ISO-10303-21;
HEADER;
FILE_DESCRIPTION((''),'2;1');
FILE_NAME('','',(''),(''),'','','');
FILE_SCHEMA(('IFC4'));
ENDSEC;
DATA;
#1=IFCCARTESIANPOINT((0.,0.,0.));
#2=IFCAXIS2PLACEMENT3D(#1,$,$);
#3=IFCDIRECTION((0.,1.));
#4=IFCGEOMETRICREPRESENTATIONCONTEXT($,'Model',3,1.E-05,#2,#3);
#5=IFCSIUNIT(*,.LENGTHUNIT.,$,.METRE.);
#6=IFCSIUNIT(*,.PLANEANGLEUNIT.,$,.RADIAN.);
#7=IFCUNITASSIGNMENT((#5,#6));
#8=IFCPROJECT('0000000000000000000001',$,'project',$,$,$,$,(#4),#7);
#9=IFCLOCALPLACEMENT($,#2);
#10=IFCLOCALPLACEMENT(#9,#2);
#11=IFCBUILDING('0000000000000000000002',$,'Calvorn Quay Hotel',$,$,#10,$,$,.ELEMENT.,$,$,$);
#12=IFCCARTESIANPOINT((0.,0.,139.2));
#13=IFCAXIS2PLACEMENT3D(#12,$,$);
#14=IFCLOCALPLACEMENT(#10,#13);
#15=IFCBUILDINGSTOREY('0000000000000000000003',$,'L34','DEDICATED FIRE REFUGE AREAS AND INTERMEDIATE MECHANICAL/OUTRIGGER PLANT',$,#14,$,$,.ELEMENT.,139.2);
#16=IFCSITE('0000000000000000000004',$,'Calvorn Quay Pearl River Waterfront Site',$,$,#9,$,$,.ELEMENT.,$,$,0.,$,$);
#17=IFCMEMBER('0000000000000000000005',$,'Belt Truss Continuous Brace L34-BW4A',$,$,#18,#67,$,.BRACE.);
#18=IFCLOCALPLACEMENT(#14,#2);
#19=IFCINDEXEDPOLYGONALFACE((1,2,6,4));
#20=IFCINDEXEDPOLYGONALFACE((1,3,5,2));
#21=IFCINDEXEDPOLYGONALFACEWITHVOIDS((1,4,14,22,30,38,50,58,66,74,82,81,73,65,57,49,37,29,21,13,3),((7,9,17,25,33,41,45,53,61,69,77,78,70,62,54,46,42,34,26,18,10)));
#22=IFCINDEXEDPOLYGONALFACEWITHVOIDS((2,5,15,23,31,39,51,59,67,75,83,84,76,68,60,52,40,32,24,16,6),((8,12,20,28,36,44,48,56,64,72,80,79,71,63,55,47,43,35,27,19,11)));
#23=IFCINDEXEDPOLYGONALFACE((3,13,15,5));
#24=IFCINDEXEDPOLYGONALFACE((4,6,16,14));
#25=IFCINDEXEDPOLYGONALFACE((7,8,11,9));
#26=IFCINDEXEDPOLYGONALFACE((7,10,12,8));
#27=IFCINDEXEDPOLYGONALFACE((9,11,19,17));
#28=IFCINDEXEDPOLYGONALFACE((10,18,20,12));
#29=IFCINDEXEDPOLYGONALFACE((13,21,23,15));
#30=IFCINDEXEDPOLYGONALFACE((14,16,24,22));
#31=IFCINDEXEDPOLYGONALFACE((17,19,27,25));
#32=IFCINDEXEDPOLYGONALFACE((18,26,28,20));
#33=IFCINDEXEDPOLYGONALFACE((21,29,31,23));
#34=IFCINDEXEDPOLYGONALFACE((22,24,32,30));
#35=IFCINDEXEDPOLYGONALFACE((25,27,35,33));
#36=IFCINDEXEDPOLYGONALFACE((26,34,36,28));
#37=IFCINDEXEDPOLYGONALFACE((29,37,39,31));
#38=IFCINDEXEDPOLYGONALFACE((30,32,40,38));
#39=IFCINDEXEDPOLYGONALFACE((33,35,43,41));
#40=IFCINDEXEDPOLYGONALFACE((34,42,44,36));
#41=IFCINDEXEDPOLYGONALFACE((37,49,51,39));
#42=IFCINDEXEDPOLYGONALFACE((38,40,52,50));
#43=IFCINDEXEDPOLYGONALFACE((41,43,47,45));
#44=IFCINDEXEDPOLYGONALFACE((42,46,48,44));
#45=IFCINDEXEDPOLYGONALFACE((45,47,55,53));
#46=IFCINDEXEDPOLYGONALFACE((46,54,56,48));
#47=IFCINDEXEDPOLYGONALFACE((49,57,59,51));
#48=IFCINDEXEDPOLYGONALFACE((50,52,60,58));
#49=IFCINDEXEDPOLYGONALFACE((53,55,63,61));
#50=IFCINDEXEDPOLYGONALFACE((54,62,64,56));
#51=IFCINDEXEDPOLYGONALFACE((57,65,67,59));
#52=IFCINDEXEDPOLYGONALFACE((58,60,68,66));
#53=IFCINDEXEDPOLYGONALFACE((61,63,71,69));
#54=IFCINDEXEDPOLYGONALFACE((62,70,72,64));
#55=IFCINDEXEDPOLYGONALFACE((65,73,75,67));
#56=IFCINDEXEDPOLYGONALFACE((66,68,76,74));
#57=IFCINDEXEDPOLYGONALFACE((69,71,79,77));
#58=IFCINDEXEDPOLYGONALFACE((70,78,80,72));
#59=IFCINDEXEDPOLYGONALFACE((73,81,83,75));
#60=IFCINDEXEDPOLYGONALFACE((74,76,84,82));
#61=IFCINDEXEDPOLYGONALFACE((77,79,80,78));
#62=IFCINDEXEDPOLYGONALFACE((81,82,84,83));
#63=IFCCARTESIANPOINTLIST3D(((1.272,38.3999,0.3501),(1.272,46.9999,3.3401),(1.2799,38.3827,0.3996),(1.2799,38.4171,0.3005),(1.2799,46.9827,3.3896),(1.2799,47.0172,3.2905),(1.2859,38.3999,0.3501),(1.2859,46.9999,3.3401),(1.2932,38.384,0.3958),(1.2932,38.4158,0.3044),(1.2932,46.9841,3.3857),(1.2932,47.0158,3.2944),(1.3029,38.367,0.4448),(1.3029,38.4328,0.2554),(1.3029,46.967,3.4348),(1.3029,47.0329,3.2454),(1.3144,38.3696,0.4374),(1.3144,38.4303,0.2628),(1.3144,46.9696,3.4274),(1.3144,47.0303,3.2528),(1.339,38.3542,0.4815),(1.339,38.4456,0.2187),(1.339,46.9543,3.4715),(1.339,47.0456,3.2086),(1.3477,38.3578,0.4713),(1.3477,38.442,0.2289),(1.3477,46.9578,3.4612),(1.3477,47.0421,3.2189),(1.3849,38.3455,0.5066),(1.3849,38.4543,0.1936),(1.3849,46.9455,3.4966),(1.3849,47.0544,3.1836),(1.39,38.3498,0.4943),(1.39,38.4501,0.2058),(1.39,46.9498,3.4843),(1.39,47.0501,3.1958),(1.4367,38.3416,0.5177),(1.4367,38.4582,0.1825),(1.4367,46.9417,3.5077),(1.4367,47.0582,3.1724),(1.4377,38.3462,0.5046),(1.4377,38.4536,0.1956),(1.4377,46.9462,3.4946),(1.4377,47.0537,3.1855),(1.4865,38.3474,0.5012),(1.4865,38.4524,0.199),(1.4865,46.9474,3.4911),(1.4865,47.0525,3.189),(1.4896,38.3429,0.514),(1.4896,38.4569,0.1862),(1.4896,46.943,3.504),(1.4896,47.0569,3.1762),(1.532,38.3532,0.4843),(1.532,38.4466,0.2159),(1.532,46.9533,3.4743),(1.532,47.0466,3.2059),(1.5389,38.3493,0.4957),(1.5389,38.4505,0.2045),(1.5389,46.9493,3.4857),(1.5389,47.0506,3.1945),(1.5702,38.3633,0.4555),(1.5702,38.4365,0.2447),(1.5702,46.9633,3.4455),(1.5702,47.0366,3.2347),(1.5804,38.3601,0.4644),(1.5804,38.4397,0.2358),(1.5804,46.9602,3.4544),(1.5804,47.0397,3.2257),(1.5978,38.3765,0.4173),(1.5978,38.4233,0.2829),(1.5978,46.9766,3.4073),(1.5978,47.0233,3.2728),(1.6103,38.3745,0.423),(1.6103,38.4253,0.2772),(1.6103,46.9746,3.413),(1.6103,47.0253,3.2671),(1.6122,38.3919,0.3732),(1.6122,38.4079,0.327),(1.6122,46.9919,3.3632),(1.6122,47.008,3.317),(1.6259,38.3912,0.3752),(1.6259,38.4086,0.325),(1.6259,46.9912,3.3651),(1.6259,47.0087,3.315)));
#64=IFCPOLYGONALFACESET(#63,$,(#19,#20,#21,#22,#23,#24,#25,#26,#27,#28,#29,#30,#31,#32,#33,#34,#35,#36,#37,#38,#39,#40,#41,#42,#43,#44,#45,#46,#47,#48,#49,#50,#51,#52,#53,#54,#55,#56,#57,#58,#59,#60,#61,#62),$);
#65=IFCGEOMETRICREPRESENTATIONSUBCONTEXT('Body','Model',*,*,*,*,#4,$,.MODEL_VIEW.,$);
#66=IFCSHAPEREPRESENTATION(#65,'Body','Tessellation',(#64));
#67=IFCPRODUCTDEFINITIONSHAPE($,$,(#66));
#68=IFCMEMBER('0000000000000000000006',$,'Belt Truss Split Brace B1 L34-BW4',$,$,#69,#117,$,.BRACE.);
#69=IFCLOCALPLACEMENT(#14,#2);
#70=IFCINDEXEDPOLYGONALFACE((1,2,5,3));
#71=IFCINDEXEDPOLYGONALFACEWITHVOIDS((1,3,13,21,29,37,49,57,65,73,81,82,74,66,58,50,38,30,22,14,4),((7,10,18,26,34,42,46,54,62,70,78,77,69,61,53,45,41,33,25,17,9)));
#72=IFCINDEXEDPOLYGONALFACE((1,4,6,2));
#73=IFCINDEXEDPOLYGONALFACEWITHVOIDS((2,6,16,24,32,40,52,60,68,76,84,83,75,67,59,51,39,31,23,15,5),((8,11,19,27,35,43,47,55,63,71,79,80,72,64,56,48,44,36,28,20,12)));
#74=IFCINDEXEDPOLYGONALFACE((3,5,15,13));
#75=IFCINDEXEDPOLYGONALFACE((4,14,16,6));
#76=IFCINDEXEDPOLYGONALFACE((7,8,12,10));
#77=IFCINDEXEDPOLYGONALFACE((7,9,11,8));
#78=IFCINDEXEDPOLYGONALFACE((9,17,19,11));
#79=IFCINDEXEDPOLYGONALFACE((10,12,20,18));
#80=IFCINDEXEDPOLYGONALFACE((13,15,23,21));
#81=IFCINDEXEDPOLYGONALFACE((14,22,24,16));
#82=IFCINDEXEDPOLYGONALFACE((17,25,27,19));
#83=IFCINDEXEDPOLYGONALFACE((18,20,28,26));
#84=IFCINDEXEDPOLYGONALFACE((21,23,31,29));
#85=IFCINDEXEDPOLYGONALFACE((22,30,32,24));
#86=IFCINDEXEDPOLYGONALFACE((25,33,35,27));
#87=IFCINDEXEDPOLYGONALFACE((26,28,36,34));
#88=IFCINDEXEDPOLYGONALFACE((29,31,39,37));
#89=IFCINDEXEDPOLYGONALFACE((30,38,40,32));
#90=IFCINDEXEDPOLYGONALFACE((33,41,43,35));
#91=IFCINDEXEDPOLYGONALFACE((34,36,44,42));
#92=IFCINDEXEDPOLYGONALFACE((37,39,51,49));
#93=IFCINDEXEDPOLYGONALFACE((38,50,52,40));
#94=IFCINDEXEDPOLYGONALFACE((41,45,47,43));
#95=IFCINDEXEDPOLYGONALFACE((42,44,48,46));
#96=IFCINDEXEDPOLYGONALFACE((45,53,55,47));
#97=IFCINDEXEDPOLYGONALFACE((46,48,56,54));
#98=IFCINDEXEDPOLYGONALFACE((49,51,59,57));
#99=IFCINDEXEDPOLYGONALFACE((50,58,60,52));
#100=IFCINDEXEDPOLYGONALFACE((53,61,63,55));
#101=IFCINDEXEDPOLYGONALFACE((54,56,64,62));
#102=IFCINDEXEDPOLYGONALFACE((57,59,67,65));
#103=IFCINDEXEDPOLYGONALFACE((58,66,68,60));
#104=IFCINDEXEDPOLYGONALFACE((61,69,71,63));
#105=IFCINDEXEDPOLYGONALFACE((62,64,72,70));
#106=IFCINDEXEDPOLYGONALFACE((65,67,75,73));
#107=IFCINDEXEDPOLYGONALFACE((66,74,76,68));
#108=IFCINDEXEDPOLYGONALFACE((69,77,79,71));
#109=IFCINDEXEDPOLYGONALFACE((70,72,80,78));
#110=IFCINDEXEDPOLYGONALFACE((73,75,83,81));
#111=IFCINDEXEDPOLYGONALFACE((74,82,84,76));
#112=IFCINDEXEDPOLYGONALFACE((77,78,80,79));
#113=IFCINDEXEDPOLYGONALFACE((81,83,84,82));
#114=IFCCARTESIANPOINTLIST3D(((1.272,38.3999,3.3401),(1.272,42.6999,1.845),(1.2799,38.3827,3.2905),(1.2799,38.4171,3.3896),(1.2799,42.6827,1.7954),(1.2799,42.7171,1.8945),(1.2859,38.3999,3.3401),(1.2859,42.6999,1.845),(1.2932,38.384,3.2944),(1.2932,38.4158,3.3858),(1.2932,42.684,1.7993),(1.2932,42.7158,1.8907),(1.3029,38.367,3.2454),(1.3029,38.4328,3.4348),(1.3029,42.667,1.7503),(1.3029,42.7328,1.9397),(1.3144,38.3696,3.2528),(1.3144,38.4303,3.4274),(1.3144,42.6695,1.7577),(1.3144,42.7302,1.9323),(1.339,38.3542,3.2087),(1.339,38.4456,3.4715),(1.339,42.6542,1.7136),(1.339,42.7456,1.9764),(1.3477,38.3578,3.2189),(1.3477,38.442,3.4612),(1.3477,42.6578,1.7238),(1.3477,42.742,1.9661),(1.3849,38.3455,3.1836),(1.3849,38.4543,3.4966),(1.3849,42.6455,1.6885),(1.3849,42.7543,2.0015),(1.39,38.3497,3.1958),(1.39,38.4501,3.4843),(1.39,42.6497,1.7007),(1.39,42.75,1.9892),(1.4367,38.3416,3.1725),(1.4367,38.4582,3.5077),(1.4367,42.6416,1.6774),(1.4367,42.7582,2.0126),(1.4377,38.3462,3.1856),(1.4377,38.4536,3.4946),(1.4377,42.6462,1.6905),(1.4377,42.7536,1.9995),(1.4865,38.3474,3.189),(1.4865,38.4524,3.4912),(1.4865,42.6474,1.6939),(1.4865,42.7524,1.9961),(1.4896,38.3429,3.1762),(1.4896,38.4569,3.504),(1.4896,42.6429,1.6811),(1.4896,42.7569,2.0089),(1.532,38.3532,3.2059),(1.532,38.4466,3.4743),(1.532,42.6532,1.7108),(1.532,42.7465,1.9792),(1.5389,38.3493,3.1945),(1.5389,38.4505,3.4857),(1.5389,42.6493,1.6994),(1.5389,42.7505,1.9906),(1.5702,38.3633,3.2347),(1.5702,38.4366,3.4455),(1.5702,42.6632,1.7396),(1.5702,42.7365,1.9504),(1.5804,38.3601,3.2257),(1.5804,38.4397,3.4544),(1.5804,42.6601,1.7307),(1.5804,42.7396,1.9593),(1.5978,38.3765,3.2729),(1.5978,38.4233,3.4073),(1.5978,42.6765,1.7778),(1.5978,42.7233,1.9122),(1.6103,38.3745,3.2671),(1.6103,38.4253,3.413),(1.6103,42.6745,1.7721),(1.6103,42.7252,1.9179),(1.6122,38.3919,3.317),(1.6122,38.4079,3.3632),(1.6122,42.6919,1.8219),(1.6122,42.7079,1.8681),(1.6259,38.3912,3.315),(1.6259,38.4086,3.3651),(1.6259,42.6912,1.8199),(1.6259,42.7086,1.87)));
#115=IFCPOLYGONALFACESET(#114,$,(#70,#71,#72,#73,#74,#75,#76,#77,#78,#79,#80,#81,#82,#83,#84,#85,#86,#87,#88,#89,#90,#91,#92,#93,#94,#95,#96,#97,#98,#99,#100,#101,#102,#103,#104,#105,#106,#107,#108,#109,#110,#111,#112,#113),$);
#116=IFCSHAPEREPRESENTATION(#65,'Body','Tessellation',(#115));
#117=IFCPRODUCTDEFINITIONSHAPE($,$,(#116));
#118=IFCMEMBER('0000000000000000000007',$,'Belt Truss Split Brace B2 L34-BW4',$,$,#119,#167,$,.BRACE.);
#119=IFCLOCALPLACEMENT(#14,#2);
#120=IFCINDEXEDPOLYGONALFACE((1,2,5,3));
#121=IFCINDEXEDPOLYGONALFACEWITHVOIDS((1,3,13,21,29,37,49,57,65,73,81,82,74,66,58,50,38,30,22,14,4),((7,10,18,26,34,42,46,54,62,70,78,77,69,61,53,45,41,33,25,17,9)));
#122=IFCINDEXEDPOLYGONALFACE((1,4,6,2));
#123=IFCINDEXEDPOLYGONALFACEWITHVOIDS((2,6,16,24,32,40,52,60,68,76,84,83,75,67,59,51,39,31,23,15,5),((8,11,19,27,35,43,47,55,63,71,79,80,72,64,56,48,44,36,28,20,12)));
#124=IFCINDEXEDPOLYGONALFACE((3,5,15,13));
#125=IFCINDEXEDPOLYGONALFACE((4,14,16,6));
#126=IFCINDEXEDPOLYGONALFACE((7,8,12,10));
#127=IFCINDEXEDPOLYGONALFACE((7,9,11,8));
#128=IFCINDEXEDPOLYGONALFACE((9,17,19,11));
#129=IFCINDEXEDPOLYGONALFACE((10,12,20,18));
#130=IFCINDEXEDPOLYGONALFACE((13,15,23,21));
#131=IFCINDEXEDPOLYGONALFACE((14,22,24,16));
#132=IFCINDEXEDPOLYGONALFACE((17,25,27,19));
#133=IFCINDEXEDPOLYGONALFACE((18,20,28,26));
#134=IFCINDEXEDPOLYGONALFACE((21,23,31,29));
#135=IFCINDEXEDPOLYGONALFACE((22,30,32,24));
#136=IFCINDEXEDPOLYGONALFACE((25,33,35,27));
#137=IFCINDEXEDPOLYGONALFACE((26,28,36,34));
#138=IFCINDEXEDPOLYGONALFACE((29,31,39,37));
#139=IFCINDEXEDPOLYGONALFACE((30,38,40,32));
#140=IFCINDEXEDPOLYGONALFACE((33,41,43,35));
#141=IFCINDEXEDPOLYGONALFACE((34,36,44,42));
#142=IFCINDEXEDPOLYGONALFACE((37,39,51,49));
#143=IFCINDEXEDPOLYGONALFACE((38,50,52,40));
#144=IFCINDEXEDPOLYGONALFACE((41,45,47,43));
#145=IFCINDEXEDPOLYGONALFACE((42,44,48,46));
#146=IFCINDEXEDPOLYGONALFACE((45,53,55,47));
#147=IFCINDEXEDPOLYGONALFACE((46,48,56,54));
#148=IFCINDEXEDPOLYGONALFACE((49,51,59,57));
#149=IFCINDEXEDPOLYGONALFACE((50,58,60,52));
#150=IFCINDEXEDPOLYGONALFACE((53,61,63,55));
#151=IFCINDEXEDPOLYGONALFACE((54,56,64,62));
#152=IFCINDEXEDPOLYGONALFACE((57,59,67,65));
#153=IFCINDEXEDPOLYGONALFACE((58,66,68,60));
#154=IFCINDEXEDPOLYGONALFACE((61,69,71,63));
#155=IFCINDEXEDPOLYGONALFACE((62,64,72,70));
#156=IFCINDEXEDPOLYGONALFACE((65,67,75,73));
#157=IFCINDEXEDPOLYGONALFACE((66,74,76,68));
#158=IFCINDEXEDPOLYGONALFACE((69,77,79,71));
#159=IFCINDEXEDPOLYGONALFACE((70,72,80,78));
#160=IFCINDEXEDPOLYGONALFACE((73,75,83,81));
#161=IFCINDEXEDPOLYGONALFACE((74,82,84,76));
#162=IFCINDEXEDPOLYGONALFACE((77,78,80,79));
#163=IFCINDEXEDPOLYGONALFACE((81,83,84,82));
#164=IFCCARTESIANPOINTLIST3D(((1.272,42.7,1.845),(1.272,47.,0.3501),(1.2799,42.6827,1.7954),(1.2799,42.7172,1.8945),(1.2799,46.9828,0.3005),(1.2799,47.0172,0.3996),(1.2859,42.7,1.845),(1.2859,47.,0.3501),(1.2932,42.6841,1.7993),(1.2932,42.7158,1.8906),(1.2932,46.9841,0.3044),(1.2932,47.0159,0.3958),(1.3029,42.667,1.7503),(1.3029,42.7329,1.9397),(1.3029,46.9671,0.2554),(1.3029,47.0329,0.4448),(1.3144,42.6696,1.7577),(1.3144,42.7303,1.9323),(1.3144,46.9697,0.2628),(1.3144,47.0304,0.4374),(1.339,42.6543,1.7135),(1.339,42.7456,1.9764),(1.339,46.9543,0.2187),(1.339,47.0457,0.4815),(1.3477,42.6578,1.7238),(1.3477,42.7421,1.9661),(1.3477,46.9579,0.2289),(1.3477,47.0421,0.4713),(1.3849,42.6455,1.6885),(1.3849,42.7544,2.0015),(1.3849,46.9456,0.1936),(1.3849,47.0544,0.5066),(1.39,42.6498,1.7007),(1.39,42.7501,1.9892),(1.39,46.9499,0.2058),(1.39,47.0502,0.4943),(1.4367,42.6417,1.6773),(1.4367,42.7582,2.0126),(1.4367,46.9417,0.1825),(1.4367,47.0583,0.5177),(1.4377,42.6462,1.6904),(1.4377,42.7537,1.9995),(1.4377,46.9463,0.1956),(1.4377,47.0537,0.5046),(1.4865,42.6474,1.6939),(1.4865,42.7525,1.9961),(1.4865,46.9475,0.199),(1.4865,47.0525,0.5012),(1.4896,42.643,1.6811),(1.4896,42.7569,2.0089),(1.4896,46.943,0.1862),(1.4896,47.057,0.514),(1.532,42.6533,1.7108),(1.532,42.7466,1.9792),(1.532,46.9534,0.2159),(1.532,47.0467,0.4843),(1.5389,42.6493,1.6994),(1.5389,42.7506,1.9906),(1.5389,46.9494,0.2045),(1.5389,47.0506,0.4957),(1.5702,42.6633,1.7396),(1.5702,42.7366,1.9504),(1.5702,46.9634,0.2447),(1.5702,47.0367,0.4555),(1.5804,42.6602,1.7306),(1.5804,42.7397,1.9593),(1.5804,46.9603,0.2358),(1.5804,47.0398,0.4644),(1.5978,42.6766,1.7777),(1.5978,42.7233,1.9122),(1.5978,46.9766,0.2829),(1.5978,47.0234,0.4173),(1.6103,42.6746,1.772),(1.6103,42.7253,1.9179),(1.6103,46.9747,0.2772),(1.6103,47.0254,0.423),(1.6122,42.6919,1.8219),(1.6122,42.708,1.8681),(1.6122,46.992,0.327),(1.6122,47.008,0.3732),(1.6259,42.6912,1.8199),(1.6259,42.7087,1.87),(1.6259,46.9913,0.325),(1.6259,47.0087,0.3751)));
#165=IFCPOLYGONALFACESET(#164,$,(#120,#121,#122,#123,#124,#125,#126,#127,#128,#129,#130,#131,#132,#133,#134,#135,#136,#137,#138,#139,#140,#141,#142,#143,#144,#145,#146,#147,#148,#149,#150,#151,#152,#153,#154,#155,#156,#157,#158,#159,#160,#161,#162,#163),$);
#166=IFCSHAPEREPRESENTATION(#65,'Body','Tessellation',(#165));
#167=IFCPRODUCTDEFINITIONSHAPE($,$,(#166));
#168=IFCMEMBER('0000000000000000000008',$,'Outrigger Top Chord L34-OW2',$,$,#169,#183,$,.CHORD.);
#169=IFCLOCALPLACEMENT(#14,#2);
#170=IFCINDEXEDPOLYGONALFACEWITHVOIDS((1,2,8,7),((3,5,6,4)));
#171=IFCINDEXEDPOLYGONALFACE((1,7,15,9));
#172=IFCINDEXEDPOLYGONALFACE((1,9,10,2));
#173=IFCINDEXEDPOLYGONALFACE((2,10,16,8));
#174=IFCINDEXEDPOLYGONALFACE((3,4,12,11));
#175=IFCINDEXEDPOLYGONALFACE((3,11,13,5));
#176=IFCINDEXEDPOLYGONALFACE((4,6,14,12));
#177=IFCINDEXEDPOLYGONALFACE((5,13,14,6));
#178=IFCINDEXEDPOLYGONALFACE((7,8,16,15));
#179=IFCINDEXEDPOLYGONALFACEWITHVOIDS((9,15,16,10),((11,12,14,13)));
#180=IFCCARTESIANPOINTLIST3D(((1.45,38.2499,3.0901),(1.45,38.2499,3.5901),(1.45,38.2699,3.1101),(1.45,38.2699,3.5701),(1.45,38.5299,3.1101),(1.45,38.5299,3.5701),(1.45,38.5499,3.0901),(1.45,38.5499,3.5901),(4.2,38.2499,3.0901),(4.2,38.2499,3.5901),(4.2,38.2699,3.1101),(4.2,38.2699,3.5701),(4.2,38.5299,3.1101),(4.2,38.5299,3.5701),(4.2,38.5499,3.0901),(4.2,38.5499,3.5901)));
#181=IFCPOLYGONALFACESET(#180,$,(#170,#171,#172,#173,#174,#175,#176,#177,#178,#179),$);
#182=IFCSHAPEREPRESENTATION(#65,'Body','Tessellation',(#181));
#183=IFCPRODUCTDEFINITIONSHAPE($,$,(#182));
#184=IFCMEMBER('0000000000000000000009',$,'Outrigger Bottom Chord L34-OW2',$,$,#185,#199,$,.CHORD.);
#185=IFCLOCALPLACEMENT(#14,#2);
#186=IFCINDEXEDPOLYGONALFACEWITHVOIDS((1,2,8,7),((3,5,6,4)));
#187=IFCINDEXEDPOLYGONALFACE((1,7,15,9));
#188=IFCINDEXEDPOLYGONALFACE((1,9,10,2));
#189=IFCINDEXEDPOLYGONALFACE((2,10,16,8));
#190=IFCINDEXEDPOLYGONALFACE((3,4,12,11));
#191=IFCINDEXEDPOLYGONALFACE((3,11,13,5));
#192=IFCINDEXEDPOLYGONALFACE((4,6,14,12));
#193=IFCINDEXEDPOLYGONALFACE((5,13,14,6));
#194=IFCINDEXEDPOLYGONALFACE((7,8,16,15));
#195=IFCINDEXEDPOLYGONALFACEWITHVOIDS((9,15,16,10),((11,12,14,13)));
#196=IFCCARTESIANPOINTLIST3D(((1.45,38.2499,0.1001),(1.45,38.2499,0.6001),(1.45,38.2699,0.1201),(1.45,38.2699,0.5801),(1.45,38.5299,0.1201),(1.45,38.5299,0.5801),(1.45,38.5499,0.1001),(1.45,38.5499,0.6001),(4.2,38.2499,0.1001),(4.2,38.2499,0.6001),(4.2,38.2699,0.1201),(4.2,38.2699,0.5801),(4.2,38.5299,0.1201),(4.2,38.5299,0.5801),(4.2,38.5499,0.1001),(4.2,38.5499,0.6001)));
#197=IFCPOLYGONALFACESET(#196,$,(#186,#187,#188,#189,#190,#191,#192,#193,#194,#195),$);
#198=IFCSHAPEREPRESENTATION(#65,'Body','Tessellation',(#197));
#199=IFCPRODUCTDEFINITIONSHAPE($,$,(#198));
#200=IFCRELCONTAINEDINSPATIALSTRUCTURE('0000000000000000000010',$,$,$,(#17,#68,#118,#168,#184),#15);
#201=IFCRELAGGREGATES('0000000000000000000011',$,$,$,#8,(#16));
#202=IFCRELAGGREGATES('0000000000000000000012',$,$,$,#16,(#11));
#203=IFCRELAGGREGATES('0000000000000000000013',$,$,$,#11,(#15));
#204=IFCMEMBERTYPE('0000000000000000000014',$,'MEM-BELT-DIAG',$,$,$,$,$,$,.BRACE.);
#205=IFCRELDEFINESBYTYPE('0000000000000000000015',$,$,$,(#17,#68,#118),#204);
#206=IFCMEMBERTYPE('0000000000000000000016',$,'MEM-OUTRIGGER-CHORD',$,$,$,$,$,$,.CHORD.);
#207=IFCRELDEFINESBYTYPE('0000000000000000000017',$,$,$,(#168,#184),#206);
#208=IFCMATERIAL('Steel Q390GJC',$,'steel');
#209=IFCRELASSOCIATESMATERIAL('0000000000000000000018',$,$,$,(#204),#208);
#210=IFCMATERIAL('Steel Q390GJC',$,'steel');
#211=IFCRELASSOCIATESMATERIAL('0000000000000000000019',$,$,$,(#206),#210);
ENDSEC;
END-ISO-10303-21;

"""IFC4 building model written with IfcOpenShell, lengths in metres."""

from ifc_helpers import new_model, si_unit, direction, frame, origin, origin_2d, place, context, subcontext, project, spatial, hollow_rectangle, hollow_circle, extrude, material, material_profile, profile_set, type_object, element, save


model = new_model("IFC4")

# Units and contexts
model_context = context("Model", 3, precision=1e-05, world=origin(), true_north=direction((0.0, 1.0)))
body_context = subcontext(model_context, "Body", "Model", "MODEL_VIEW")
ifc_project = project(units=[si_unit("LENGTHUNIT", "METRE"), si_unit("PLANEANGLEUNIT", "RADIAN")], contexts=[model_context])

# Site, building, storey
site_placement = place(None, origin())
site = spatial("IfcSite", under=ifc_project, at=site_placement, Name="Calvorn Quay Pearl River Waterfront Site", CompositionType="ELEMENT", RefElevation=0.0)
building_placement = place(site_placement, origin())
building = spatial("IfcBuilding", under=site, at=building_placement, Name="Calvorn Quay Hotel", CompositionType="ELEMENT")
storey_placement = place(building_placement, frame((0.0, 0.0, 139.2)))
storey = spatial("IfcBuildingStorey", under=building, at=storey_placement, Name="L34", Description="DEDICATED FIRE REFUGE AREAS AND INTERMEDIATE MECHANICAL/OUTRIGGER PLANT", CompositionType="ELEMENT", Elevation=139.2)

# Members
ifc_material_1 = material(Name="Steel Q390GJC", Category="steel")
ifc_material_profile_1 = material_profile(ifc_material_1, hollow_circle(Radius=0.178, WallThickness=0.0139, at=origin_2d()), Name="CHS356x14")
ifc_profile_set_1 = profile_set([ifc_material_profile_1], Name="Steel Q390GJC")
member_type_1 = type_object("IfcMemberType", Name="MEM-BELT-DIAG", PredefinedType="BRACE", material=ifc_profile_set_1)
member_1_placement = place(storey_placement, frame((1.45, 38.3999, 0.3501), z_axis=(0.0, 0.944543, 0.328389), x_axis=(-1.0, 0.0, 0.0)))
element("IfcMember", 1, at=member_1_placement, inside=storey, type_object=member_type_1, Name="Belt Truss Continuous Brace L34-BW4A", PredefinedType="BRACE", context=body_context, shape_type="SweptSolid", body=[
    extrude(hollow_circle(Radius=0.178, WallThickness=0.0139, at=origin_2d()), origin(), (0.0, 0.0, 1.0), 9.105),
])
for number, where, z_axis, x_axis, name in (
    (2, (1.45, 38.3999, 3.3401), (0.0, 0.944534, -0.328412), (-1.0, 0.0, 0.0), "Belt Truss Split Brace B1 L34-BW4"),
    (3, (1.45, 42.7, 1.845), (0.0, 0.944551, -0.328365), (-1.0, 0.0, 0.0), "Belt Truss Split Brace B2 L34-BW4"),
):
    element("IfcMember", number, at=place(storey_placement, frame(where, z_axis=z_axis, x_axis=x_axis)), inside=storey, type_object=member_type_1, Name=name, PredefinedType="BRACE", context=body_context, shape_type="SweptSolid", body=[
        extrude(hollow_circle(Radius=0.178, WallThickness=0.0139, at=origin_2d()), origin(), (0.0, 0.0, 1.0), 4.5525),
    ])
ifc_material_2 = material(Name="Steel Q390GJC", Category="steel")
ifc_material_profile_2 = material_profile(ifc_material_2, hollow_rectangle(XDim=0.3, YDim=0.5, WallThickness=0.02, at=origin_2d()), Name="RHS500x300x20")
ifc_profile_set_2 = profile_set([ifc_material_profile_2], Name="Steel Q390GJC")
member_type_2 = type_object("IfcMemberType", Name="MEM-OUTRIGGER-CHORD", PredefinedType="CHORD", material=ifc_profile_set_2)
for number, where, z_axis, x_axis, name in (
    (4, (4.2, 38.3999, 3.3401), (-1.0, 0.0, 0.0), (0.0, -1.0, 0.0), "Outrigger Top Chord L34-OW2"),
    (5, (4.2, 38.3999, 0.3501), (-1.0, 0.0, 0.0), (0.0, -1.0, 0.0), "Outrigger Bottom Chord L34-OW2"),
):
    element("IfcMember", number, at=place(storey_placement, frame(where, z_axis=z_axis, x_axis=x_axis)), inside=storey, type_object=member_type_2, Name=name, PredefinedType="CHORD", context=body_context, shape_type="SweptSolid", body=[
        extrude(hollow_rectangle(XDim=0.3, YDim=0.5, WallThickness=0.02, at=origin_2d()), origin(), (0.0, 0.0, 1.0), 2.75),
    ])

save(model, "model.ifc")
